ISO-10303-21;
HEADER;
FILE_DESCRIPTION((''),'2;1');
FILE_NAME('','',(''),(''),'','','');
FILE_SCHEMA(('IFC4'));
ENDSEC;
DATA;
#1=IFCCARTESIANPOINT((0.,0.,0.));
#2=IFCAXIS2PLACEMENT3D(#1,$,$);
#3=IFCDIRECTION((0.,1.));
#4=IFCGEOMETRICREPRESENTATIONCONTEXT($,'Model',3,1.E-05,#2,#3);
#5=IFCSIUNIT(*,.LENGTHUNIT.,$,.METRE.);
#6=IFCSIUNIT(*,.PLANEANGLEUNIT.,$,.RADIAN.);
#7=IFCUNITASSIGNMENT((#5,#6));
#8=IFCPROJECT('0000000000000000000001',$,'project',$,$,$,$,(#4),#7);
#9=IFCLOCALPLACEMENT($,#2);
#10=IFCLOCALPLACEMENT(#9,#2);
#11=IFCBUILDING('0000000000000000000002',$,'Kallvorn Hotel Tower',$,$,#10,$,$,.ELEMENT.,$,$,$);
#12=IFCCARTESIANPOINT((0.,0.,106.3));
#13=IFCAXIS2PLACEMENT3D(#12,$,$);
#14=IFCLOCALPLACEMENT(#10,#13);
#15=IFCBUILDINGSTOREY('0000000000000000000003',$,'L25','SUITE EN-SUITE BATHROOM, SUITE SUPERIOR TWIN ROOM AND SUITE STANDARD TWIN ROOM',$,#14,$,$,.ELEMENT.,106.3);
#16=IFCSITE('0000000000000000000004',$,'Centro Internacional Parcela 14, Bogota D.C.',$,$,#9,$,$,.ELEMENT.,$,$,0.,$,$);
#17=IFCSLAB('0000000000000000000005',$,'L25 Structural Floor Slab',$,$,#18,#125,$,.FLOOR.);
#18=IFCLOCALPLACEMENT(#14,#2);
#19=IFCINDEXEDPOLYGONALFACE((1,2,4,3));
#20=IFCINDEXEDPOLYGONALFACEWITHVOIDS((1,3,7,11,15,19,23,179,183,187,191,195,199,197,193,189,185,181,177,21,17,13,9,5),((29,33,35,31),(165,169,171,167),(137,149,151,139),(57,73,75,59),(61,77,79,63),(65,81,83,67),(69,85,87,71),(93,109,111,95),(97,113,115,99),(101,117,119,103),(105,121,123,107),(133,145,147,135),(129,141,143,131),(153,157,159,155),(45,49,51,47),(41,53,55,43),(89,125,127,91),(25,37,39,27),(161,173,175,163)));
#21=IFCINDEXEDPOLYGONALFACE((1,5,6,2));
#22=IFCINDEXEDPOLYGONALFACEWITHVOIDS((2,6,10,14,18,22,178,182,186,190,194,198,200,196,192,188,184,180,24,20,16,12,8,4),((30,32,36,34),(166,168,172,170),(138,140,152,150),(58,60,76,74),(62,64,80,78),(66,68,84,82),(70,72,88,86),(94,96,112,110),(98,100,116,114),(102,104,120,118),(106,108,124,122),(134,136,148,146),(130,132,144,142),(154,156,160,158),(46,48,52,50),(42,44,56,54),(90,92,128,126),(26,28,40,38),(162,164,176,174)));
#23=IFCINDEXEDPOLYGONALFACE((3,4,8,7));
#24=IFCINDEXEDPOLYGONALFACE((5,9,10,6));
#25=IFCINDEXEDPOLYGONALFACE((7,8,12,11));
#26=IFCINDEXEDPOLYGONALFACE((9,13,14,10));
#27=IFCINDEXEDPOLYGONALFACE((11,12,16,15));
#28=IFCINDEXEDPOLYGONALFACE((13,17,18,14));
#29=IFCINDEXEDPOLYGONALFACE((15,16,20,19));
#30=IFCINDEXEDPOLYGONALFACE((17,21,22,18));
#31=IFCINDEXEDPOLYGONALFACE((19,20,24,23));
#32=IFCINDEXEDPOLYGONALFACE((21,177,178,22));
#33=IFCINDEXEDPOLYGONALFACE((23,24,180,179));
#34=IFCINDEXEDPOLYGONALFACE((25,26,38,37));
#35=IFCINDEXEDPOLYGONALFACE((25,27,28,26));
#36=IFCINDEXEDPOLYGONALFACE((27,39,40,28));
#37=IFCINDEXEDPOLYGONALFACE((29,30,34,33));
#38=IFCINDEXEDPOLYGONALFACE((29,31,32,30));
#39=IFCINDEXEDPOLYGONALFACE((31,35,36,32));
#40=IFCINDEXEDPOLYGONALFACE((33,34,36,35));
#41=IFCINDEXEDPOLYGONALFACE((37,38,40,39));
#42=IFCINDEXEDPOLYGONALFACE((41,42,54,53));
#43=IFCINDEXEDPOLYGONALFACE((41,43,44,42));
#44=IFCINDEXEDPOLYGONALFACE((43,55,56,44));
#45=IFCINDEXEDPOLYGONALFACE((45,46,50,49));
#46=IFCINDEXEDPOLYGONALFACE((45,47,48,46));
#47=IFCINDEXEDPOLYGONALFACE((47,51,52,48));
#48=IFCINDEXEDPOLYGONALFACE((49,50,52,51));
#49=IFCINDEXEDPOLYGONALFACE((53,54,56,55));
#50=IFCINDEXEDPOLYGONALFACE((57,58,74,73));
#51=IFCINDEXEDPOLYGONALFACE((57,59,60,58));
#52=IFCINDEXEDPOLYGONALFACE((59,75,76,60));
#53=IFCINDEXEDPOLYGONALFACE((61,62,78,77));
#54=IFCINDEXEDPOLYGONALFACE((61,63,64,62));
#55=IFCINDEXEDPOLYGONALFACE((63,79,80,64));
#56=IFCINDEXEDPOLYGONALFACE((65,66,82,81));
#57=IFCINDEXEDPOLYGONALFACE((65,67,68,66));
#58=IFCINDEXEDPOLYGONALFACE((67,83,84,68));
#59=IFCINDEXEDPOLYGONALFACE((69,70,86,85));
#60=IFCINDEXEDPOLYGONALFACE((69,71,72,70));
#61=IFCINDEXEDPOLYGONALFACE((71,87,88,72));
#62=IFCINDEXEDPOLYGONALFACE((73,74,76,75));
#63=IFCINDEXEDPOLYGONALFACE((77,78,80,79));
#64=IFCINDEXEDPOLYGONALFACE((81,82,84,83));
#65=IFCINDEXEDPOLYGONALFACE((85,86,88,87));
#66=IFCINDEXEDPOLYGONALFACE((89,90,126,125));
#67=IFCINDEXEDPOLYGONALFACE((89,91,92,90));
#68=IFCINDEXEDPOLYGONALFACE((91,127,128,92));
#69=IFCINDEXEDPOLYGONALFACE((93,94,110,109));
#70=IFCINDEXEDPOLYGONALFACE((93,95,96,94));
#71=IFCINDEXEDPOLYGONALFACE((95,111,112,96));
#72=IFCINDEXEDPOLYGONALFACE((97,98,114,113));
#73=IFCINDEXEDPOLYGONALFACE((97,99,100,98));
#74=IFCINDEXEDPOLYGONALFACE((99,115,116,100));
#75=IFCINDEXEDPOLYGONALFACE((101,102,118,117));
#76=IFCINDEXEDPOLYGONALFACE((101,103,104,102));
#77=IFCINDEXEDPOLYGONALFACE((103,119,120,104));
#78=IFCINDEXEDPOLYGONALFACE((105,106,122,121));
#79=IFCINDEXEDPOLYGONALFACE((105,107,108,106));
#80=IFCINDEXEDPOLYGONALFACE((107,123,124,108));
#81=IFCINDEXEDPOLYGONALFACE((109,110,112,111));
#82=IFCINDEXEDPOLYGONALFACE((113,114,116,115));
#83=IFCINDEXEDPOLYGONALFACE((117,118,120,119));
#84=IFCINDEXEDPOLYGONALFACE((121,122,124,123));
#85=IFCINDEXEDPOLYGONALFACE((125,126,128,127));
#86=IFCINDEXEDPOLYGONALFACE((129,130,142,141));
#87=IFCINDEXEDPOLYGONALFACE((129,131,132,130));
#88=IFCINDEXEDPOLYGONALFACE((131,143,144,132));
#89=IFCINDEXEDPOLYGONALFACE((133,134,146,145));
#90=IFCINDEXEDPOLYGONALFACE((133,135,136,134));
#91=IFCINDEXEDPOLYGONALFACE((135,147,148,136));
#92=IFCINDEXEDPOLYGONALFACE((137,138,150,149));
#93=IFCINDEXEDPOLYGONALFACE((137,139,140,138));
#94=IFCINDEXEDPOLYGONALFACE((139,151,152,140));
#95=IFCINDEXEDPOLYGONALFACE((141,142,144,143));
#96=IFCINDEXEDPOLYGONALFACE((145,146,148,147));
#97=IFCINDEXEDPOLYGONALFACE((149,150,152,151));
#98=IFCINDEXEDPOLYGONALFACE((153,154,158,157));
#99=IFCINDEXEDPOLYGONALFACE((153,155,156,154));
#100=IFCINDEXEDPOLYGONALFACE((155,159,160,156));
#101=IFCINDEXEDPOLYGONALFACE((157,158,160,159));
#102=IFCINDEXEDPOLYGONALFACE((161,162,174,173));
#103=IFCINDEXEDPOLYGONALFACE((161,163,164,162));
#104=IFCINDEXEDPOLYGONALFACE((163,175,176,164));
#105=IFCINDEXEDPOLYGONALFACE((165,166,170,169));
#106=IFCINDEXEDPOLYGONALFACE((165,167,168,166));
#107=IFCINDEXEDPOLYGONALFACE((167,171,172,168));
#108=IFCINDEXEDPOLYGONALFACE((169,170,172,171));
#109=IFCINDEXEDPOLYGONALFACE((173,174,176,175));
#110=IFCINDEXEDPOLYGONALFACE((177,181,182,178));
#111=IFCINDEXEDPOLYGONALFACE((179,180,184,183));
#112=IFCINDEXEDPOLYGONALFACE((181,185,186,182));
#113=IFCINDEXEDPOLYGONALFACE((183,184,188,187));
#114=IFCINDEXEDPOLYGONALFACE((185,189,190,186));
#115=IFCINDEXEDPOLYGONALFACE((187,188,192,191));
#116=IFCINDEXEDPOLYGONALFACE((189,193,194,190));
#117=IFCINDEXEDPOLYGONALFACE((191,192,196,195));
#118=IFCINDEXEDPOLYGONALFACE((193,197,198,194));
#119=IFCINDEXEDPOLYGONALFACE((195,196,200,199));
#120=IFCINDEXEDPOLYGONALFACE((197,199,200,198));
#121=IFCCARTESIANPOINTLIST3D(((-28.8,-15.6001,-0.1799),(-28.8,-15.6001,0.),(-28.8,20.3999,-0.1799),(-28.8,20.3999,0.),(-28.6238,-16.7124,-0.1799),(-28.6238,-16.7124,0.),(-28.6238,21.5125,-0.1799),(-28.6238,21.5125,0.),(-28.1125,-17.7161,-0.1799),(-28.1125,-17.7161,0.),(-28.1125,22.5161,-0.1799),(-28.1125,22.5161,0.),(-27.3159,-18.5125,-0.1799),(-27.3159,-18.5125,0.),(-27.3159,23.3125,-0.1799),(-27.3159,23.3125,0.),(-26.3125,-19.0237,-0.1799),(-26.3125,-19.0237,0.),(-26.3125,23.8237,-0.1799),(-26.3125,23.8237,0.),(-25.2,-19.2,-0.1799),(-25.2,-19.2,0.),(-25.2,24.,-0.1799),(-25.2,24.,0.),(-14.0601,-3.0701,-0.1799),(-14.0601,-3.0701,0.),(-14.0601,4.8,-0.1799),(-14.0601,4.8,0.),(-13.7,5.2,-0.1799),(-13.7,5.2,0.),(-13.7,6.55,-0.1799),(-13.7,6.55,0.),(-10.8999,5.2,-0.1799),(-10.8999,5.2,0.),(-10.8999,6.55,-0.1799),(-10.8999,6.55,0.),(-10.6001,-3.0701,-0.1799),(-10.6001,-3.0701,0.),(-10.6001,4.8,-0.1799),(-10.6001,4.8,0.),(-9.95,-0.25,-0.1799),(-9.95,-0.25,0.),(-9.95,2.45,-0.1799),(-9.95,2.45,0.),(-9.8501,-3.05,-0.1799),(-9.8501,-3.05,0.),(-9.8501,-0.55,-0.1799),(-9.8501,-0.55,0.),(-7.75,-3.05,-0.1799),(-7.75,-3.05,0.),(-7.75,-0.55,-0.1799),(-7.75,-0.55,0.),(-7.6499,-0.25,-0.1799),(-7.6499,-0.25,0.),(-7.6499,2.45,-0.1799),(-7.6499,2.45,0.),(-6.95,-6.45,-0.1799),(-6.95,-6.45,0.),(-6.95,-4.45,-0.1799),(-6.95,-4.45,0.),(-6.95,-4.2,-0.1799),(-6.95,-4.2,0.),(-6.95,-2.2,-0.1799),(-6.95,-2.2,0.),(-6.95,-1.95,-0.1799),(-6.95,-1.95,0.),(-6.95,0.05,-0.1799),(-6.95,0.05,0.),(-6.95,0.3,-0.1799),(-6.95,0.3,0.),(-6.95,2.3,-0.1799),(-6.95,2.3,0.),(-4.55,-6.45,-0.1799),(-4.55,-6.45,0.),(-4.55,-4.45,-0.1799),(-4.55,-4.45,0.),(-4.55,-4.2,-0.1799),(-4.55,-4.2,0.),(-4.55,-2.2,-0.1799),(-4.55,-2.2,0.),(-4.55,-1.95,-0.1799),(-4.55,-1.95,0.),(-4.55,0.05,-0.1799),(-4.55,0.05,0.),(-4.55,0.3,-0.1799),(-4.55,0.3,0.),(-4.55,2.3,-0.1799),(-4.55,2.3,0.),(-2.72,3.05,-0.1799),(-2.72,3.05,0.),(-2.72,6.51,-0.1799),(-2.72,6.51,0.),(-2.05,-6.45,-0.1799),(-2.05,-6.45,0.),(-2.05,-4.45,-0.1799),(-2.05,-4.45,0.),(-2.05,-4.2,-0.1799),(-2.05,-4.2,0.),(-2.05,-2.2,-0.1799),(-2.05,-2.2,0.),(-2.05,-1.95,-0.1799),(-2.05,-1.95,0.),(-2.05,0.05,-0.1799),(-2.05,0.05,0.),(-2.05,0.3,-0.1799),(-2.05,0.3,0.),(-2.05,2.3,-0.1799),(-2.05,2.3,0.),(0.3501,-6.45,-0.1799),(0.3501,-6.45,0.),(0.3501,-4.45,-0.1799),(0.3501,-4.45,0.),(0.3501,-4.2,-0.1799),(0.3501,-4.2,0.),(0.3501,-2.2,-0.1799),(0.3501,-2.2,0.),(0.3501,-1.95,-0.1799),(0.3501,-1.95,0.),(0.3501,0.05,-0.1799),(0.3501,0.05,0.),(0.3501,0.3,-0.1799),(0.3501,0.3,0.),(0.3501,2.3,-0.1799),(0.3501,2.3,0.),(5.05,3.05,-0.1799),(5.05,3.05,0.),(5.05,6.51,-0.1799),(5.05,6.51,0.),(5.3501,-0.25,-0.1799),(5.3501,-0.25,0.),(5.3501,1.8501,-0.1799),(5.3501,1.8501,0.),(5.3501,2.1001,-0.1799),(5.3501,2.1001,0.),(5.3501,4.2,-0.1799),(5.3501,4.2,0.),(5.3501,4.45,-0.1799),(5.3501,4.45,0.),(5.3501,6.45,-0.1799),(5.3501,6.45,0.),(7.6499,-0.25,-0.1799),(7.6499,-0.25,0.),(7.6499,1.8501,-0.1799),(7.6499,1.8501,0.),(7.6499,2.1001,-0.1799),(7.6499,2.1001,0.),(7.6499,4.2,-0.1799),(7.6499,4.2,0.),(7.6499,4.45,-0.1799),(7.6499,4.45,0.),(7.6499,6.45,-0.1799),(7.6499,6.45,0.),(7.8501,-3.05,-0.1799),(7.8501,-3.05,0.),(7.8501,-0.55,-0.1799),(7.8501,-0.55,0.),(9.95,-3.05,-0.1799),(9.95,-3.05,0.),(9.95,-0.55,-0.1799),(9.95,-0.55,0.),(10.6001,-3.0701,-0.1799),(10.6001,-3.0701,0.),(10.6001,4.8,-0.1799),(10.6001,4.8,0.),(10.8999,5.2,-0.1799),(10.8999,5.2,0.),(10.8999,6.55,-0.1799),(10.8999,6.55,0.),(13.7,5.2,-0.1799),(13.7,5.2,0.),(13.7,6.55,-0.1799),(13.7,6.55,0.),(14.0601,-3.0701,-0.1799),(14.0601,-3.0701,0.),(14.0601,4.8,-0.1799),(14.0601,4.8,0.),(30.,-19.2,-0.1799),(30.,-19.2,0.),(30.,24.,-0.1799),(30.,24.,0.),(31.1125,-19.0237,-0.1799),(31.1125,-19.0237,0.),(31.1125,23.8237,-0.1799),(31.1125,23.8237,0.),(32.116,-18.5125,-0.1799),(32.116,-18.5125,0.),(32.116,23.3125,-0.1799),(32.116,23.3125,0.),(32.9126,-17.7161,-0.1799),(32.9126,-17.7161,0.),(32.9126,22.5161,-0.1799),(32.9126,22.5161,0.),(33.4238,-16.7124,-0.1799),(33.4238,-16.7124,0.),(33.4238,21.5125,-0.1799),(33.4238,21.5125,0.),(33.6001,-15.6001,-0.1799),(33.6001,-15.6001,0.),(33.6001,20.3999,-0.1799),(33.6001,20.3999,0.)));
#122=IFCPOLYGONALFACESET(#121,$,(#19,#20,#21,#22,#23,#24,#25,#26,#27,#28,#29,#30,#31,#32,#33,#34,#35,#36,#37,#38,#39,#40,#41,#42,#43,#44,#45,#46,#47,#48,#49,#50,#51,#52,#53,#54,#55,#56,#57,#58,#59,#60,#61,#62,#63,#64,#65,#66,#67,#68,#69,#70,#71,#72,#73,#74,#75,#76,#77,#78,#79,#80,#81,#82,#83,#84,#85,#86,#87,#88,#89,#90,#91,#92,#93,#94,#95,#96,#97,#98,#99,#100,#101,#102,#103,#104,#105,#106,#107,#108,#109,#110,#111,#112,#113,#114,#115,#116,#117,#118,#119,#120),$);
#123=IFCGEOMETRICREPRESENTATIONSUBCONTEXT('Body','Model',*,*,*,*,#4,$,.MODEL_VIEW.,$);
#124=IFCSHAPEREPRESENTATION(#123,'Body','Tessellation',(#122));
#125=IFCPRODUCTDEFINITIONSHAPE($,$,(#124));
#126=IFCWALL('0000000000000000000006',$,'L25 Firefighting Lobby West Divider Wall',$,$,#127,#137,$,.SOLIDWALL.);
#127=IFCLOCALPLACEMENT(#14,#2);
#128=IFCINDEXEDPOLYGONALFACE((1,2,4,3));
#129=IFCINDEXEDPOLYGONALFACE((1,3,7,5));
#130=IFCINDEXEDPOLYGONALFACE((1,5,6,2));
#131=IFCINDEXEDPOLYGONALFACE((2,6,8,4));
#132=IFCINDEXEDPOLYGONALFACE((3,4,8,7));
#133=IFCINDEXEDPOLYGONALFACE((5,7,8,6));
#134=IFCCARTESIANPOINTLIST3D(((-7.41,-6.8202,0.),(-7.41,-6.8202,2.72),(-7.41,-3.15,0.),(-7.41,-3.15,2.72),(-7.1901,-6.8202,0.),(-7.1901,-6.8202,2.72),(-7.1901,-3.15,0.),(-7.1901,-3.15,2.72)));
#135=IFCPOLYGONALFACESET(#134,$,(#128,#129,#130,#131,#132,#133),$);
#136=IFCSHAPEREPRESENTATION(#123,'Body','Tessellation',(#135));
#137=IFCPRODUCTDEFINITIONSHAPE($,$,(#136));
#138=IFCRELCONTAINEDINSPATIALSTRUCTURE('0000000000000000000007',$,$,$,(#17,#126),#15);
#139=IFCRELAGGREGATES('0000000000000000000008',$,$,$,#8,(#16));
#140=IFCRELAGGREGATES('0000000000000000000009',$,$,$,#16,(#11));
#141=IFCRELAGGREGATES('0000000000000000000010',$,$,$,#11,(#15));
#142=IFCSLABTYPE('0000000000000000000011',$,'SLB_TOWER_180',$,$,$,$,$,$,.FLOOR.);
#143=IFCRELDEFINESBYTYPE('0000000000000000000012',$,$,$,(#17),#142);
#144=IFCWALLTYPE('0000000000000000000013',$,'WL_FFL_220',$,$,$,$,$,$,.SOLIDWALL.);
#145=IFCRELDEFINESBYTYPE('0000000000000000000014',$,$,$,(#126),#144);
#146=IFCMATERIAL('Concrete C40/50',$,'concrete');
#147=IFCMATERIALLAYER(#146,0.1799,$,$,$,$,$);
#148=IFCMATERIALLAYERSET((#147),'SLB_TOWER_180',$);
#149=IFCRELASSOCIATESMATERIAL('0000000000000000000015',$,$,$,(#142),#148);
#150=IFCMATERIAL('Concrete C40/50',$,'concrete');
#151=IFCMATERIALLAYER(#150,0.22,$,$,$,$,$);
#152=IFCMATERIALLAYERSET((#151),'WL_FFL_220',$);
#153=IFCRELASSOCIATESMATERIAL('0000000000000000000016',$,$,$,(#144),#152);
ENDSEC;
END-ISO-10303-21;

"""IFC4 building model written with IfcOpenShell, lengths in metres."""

from ifc_helpers import new_model, si_unit, direction, frame, frame_2d, origin, place, context, subcontext, project, spatial, polyline, rectangle, outline, extrude, material, layer, layer_set, type_object, element, save


model = new_model("IFC4")

# Units and contexts
model_context = context("Model", 3, precision=1e-05, world=origin(), true_north=direction((0.0, 1.0)))
body_context = subcontext(model_context, "Body", "Model", "MODEL_VIEW")
ifc_project = project(units=[si_unit("LENGTHUNIT", "METRE"), si_unit("PLANEANGLEUNIT", "RADIAN")], contexts=[model_context])

# Site, building, storey
site_placement = place(None, origin())
site = spatial("IfcSite", under=ifc_project, at=site_placement, Name="Centro Internacional Parcela 14, Bogota D.C.", CompositionType="ELEMENT", RefElevation=0.0)
building_placement = place(site_placement, origin())
building = spatial("IfcBuilding", under=site, at=building_placement, Name="Kallvorn Hotel Tower", CompositionType="ELEMENT")
storey_placement = place(building_placement, frame((0.0, 0.0, 106.3)))
storey = spatial("IfcBuildingStorey", under=building, at=storey_placement, Name="L25", Description="SUITE EN-SUITE BATHROOM, SUITE SUPERIOR TWIN ROOM AND SUITE STANDARD TWIN ROOM", CompositionType="ELEMENT", Elevation=106.3)

# Slab
ifc_material_1 = material(Name="Concrete C40/50", Category="concrete")
ifc_layer_1 = layer(ifc_material_1, 0.1799)
ifc_layer_set_1 = layer_set([ifc_layer_1], Name="SLB_TOWER_180")
slab_type = type_object("IfcSlabType", Name="SLB_TOWER_180", PredefinedType="FLOOR", material=ifc_layer_set_1)
slab_placement = place(storey_placement, frame((0.0, 0.0, -0.1799)))
element("IfcSlab", 1, at=slab_placement, inside=storey, type_object=slab_type, Name="L25 Structural Floor Slab", PredefinedType="FLOOR", context=body_context, shape_type="SweptSolid", body=[
    extrude(outline(polyline([(30.0, -19.2), (31.1125, -19.0237), (32.116, -18.5125), (32.9126, -17.7161), (33.4238, -16.7124), (33.6001, -15.6001), (33.6001, 20.3999), (33.4238, 21.5125), (32.9126, 22.5161), (32.116, 23.3125), (31.1125, 23.8237), (30.0, 24.0), (-25.2, 24.0), (-26.3125, 23.8237), (-27.3159, 23.3125), (-28.1125, 22.5161), (-28.6238, 21.5125), (-28.8, 20.3999), (-28.8, -15.6001), (-28.6238, -16.7124), (-28.1125, -17.7161), (-27.3159, -18.5125), (-26.3125, -19.0237), (-25.2, -19.2), (30.0, -19.2)]), holes=[polyline([(-10.6001, -3.0701), (-10.6001, 4.8), (-14.0601, 4.8), (-14.0601, -3.0701), (-10.6001, -3.0701)]), polyline([(14.0601, -3.0701), (14.0601, 4.8), (10.6001, 4.8), (10.6001, -3.0701), (14.0601, -3.0701)]), polyline([(-2.72, 3.05), (5.05, 3.05), (5.05, 6.51), (-2.72, 6.51), (-2.72, 3.05)]), polyline([(-6.95, -6.45), (-4.55, -6.45), (-4.55, -4.45), (-6.95, -4.45), (-6.95, -6.45)]), polyline([(-6.95, -4.2), (-4.55, -4.2), (-4.55, -2.2), (-6.95, -2.2), (-6.95, -4.2)]), polyline([(-6.95, -1.95), (-4.55, -1.95), (-4.55, 0.05), (-6.95, 0.05), (-6.95, -1.95)]), polyline([(-6.95, 0.3), (-4.55, 0.3), (-4.55, 2.3), (-6.95, 2.3), (-6.95, 0.3)]), polyline([(-2.05, -6.45), (0.3501, -6.45), (0.3501, -4.45), (-2.05, -4.45), (-2.05, -6.45)]), polyline([(-2.05, -4.2), (0.3501, -4.2), (0.3501, -2.2), (-2.05, -2.2), (-2.05, -4.2)]), polyline([(-2.05, -1.95), (0.3501, -1.95), (0.3501, 0.05), (-2.05, 0.05), (-2.05, -1.95)]), polyline([(-2.05, 0.3), (0.3501, 0.3), (0.3501, 2.3), (-2.05, 2.3), (-2.05, 0.3)]), polyline([(5.3501, -0.25), (7.6499, -0.25), (7.6499, 1.8501), (5.3501, 1.8501), (5.3501, -0.25)]), polyline([(5.3501, 2.1001), (7.6499, 2.1001), (7.6499, 4.2), (5.3501, 4.2), (5.3501, 2.1001)]), polyline([(5.3501, 4.45), (7.6499, 4.45), (7.6499, 6.45), (5.3501, 6.45), (5.3501, 4.45)]), polyline([(-9.8501, -3.05), (-7.75, -3.05), (-7.75, -0.55), (-9.8501, -0.55), (-9.8501, -3.05)]), polyline([(7.8501, -3.05), (9.95, -3.05), (9.95, -0.55), (7.8501, -0.55), (7.8501, -3.05)]), polyline([(-9.95, -0.25), (-7.6499, -0.25), (-7.6499, 2.45), (-9.95, 2.45), (-9.95, -0.25)]), polyline([(-13.7, 5.2), (-10.8999, 5.2), (-10.8999, 6.55), (-13.7, 6.55), (-13.7, 5.2)]), polyline([(10.8999, 5.2), (13.7, 5.2), (13.7, 6.55), (10.8999, 6.55), (10.8999, 5.2)])]), origin(), (0.0, 0.0, 1.0), 0.1799),
])

# Wall
ifc_material_2 = material(Name="Concrete C40/50", Category="concrete")
ifc_layer_2 = layer(ifc_material_2, 0.22)
ifc_layer_set_2 = layer_set([ifc_layer_2], Name="WL_FFL_220")
wall_type_1 = type_object("IfcWallType", Name="WL_FFL_220", PredefinedType="SOLIDWALL", material=ifc_layer_set_2)
wall_1_placement = place(storey_placement, frame((-7.3, -6.8201, 0.0), z_axis=(0.0, 0.0, 1.0), x_axis=(0.0, 1.0, 0.0)))
element("IfcWall", 2, at=wall_1_placement, inside=storey, type_object=wall_type_1, Name="L25 Firefighting Lobby West Divider Wall", PredefinedType="SOLIDWALL", context=body_context, shape_type="SweptSolid", body=[
    extrude(rectangle(XDim=3.6702, YDim=0.22, at=frame_2d((1.835, 0.0))), origin(), (0.0, 0.0, 1.0), 2.72),
])

save(model, "model.ifc")
